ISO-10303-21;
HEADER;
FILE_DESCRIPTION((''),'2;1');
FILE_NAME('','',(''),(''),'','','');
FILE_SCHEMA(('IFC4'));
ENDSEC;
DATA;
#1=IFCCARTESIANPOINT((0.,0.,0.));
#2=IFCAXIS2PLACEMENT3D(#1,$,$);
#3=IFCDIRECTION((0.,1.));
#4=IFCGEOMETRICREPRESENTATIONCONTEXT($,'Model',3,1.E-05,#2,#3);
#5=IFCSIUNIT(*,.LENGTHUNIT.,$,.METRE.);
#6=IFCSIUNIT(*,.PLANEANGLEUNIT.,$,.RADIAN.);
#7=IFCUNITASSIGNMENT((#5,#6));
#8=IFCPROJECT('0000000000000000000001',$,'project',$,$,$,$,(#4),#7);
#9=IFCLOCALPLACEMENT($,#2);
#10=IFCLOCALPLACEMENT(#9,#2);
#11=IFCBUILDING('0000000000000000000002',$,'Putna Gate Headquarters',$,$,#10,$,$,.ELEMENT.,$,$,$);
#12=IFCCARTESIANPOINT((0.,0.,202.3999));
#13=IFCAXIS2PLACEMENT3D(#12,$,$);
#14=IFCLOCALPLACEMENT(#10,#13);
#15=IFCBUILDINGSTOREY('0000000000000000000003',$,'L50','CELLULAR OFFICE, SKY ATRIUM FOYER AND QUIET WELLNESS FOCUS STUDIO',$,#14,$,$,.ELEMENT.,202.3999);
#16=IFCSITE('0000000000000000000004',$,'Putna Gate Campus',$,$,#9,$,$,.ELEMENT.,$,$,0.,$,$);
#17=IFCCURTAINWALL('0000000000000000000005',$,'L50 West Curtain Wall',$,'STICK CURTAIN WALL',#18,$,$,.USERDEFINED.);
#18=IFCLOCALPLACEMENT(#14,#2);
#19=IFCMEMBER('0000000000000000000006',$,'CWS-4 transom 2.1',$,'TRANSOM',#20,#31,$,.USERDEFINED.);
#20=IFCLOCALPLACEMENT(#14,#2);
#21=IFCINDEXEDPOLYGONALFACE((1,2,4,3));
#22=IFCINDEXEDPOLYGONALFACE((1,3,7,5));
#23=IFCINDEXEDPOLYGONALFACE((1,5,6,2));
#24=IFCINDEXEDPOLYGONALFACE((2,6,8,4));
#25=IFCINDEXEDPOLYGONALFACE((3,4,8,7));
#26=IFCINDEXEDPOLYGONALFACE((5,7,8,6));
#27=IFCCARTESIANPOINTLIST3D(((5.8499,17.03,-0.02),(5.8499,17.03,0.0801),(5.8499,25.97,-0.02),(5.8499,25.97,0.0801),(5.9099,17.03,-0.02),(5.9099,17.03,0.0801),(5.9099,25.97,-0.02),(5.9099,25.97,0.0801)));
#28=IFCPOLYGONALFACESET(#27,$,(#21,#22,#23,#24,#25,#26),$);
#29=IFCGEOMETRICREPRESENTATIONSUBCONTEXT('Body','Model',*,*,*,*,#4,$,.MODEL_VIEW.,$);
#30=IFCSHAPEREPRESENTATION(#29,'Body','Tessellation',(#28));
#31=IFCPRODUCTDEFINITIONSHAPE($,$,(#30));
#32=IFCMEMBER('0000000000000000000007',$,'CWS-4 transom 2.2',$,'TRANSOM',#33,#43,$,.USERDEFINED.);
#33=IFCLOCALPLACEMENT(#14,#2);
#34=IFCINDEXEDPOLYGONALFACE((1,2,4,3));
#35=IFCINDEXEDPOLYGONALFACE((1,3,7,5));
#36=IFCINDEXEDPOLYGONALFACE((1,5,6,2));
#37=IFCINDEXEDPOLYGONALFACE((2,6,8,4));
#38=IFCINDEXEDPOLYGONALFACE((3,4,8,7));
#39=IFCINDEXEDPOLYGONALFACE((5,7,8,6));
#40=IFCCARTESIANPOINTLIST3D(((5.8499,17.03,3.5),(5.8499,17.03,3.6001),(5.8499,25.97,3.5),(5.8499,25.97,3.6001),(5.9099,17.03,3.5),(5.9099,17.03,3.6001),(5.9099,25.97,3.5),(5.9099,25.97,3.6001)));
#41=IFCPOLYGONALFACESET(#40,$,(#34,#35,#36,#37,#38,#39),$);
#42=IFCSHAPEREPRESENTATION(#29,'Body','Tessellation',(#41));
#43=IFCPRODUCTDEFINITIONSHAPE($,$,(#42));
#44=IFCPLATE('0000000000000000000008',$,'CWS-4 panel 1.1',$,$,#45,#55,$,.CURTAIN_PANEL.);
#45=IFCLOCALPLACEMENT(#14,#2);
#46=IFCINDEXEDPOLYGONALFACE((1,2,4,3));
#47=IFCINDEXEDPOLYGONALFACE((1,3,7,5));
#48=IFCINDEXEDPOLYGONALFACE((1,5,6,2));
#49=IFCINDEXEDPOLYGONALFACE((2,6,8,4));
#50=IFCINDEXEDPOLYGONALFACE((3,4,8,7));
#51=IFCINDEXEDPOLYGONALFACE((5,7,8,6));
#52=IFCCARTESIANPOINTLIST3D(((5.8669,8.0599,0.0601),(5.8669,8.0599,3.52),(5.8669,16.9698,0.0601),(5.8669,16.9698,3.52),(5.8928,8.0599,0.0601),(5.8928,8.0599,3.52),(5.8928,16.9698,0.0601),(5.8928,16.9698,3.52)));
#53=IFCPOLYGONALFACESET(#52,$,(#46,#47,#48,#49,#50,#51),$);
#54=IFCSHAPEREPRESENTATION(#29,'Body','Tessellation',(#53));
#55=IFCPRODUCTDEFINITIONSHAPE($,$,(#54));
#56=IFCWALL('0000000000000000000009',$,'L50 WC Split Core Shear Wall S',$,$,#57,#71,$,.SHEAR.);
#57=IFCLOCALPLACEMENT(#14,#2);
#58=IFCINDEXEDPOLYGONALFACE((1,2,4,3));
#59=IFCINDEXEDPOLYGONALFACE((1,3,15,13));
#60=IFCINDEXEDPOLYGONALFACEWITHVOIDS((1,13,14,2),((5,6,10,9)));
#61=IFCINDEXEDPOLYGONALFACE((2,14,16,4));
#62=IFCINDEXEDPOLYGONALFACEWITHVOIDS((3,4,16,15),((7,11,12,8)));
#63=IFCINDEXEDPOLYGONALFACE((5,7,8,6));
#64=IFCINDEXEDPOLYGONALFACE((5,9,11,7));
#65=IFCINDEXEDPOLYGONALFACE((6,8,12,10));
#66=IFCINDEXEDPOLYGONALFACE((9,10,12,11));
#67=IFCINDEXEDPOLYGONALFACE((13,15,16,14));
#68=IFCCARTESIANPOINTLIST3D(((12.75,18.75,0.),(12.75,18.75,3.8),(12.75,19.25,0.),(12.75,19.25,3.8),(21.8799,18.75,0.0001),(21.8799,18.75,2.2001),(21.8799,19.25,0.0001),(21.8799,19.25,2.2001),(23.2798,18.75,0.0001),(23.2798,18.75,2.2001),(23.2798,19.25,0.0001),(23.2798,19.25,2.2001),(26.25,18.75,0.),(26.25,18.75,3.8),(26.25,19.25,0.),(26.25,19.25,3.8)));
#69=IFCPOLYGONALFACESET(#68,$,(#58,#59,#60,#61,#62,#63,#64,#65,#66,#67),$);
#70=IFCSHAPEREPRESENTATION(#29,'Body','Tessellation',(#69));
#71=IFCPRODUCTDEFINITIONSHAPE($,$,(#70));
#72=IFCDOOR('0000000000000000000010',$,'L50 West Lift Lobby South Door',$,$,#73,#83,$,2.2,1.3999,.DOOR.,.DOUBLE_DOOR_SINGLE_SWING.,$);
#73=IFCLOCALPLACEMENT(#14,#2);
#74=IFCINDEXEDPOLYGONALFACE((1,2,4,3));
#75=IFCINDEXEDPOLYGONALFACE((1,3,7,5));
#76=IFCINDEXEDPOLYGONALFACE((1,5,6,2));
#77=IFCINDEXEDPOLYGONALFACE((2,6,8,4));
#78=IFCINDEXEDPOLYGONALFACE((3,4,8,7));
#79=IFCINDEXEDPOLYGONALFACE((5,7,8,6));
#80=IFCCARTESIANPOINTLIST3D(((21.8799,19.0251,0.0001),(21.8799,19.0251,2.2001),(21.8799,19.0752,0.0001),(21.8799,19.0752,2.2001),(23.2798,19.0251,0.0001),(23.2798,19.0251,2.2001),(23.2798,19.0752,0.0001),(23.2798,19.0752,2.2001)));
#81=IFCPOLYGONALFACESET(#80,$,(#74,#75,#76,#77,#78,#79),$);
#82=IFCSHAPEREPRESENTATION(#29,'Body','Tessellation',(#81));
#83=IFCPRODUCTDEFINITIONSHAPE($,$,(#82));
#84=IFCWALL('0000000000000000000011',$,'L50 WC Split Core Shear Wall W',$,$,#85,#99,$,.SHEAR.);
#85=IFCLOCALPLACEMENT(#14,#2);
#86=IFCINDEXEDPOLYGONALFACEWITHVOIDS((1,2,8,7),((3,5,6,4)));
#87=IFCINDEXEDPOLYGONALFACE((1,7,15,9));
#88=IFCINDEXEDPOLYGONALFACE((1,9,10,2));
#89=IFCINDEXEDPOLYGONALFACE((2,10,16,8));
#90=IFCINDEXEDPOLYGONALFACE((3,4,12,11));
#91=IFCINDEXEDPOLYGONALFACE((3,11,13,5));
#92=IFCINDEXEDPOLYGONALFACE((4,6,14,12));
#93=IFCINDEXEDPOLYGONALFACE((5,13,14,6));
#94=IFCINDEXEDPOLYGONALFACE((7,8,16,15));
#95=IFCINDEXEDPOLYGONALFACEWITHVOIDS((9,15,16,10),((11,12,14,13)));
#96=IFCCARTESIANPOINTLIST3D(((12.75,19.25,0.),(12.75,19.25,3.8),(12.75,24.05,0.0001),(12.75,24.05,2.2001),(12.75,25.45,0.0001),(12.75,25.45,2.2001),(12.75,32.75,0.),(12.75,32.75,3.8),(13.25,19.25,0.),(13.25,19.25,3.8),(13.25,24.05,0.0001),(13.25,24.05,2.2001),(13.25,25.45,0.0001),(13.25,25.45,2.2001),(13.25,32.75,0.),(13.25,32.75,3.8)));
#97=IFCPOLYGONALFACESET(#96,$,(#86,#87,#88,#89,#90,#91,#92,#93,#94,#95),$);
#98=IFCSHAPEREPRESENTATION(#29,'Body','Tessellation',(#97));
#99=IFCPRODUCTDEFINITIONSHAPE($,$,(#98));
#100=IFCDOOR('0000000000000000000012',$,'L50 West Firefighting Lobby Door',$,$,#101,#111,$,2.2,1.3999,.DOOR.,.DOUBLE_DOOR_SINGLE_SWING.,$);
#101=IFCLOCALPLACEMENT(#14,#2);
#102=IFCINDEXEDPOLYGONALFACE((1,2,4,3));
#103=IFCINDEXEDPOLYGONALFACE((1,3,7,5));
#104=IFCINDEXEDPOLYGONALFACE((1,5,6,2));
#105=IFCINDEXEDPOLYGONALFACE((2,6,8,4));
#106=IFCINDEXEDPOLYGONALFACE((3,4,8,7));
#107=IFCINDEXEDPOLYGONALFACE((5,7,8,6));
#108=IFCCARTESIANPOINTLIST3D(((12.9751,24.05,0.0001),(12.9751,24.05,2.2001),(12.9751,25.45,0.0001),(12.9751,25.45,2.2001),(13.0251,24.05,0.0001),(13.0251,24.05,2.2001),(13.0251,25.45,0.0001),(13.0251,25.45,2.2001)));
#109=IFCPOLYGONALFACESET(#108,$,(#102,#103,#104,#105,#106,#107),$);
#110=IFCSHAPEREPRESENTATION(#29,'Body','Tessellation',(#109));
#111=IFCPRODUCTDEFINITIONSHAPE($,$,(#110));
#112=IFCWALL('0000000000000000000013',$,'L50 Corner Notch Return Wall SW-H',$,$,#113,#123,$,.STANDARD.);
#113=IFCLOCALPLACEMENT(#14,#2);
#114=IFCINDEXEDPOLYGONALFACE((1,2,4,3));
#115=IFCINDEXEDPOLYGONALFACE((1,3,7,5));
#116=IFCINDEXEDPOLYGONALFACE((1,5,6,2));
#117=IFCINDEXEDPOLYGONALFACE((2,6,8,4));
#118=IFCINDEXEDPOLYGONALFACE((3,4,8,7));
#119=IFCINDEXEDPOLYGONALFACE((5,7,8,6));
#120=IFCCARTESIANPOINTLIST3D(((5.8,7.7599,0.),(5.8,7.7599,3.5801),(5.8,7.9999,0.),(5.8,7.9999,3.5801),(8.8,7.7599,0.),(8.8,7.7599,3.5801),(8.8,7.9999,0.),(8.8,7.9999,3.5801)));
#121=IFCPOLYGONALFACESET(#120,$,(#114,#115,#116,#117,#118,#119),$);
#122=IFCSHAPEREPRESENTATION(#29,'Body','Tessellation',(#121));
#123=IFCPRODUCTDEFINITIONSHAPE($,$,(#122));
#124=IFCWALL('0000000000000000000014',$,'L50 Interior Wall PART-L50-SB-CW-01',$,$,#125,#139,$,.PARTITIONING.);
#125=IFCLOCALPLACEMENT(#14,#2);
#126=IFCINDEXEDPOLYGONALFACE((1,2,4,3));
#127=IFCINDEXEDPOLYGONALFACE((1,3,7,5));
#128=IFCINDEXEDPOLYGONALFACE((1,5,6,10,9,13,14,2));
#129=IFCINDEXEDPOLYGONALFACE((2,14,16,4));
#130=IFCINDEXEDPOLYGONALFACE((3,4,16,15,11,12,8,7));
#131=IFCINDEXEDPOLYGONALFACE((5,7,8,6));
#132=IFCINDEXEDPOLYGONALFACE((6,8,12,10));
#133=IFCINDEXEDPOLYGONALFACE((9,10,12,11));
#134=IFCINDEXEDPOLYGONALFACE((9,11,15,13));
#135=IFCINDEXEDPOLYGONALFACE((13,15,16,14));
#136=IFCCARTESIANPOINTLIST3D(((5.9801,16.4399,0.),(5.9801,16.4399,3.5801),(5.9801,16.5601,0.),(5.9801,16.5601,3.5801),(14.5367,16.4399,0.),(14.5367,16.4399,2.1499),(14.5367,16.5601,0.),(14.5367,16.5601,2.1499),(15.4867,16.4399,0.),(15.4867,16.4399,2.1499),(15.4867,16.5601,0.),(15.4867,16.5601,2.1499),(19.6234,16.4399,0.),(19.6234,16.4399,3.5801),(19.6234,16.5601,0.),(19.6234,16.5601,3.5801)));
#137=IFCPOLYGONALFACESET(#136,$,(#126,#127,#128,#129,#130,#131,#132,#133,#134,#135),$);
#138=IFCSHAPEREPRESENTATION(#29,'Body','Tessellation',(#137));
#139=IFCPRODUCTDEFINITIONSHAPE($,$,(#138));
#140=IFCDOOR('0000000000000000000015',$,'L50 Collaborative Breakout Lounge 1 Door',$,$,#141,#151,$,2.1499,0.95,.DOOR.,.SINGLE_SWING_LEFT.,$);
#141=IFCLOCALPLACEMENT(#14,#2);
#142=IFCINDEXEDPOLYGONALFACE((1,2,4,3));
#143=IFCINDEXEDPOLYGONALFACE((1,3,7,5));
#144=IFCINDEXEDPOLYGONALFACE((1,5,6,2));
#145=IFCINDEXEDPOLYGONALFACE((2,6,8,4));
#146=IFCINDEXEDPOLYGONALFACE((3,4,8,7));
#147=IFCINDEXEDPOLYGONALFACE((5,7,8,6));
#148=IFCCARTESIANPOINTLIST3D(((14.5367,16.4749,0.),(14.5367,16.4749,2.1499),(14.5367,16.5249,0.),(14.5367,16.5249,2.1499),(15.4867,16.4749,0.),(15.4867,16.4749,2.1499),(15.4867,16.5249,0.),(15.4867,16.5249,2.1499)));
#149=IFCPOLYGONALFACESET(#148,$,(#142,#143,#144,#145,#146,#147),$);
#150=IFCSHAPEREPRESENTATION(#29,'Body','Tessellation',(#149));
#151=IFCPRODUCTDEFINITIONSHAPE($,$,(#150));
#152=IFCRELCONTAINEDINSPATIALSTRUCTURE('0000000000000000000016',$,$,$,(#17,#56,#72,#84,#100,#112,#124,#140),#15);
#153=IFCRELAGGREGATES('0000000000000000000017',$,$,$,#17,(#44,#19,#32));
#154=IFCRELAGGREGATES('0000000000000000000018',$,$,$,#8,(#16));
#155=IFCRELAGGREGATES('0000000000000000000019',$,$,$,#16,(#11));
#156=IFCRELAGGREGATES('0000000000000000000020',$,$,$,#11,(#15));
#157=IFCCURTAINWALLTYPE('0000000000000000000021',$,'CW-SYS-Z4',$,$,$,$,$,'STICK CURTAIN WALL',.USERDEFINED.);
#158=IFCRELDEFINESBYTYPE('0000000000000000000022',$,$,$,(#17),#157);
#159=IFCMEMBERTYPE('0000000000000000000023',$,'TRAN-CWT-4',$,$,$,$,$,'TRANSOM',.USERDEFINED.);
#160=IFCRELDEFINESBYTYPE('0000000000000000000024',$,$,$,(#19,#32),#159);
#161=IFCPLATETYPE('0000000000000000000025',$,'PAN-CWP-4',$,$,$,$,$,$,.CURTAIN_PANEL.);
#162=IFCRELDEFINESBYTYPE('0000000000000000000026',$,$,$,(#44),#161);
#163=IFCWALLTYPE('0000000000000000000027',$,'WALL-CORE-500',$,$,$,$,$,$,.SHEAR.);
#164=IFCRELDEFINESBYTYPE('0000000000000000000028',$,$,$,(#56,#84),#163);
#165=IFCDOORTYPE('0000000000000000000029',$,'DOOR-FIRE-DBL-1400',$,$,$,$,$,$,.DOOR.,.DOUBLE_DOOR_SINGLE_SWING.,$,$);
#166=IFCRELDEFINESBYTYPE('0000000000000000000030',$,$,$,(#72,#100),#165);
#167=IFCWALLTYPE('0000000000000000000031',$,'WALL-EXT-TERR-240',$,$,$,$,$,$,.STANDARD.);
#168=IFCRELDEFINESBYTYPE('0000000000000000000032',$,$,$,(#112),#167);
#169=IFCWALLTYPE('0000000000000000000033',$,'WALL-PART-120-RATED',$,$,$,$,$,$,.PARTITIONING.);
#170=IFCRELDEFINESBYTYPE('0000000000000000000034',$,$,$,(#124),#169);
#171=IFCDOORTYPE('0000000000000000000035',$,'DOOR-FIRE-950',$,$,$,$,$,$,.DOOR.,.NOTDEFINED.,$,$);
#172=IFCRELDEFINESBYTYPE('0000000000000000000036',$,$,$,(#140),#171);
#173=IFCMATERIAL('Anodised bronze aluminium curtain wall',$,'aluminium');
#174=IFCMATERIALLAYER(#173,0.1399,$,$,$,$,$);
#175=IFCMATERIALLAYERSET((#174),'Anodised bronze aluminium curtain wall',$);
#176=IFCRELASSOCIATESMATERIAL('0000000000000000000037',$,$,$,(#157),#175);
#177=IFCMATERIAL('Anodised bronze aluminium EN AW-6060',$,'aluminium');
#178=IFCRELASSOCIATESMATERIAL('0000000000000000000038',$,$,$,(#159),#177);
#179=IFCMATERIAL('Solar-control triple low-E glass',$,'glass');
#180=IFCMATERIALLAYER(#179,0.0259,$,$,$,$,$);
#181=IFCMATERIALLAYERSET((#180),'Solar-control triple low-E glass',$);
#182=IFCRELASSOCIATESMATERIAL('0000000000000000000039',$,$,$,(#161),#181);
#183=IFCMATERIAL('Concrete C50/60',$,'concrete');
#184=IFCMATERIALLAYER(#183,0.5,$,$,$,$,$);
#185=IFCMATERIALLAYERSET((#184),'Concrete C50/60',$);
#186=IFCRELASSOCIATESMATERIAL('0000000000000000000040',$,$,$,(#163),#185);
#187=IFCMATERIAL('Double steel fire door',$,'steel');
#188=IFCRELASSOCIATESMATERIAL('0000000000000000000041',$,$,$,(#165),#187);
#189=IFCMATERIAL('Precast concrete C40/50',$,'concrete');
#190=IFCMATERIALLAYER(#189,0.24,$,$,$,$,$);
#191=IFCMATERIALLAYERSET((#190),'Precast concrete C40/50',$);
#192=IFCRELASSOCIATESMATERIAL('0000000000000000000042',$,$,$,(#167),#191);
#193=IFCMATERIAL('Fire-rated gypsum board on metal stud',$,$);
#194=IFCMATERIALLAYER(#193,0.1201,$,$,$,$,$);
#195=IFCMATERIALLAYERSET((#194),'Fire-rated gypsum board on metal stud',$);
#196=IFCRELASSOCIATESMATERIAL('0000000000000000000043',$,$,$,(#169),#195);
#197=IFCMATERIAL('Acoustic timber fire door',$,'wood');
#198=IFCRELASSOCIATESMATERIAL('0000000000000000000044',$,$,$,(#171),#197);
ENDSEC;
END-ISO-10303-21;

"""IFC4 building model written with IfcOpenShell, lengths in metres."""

from ifc_helpers import new_model, si_unit, direction, frame, frame_2d, origin, origin_2d, place, context, subcontext, project, spatial, rectangle, extrude, material, layer, layer_set, material_profile, profile_set, type_object, element, fill, aggregate, save


model = new_model("IFC4")

# Units and contexts
model_context = context("Model", 3, precision=1e-05, world=origin(), true_north=direction((0.0, 1.0)))
body_context = subcontext(model_context, "Body", "Model", "MODEL_VIEW")
ifc_project = project(units=[si_unit("LENGTHUNIT", "METRE"), si_unit("PLANEANGLEUNIT", "RADIAN")], contexts=[model_context])

# Site, building, storey
site_placement = place(None, origin())
site = spatial("IfcSite", under=ifc_project, at=site_placement, Name="Putna Gate Campus", CompositionType="ELEMENT", RefElevation=0.0)
building_placement = place(site_placement, origin())
building = spatial("IfcBuilding", under=site, at=building_placement, Name="Putna Gate Headquarters", CompositionType="ELEMENT")
storey_placement = place(building_placement, frame((0.0, 0.0, 202.3999)))
storey = spatial("IfcBuildingStorey", under=building, at=storey_placement, Name="L50", Description="CELLULAR OFFICE, SKY ATRIUM FOYER AND QUIET WELLNESS FOCUS STUDIO", CompositionType="ELEMENT", Elevation=202.3999)

# Curtain wall, members, plate
ifc_material_1 = material(Name="Anodised bronze aluminium curtain wall", Category="aluminium")
ifc_layer_1 = layer(ifc_material_1, 0.1399)
ifc_layer_set_1 = layer_set([ifc_layer_1], Name="Anodised bronze aluminium curtain wall")
curtain_wall_type = type_object("IfcCurtainWallType", Name="CW-SYS-Z4", ElementType="STICK CURTAIN WALL", PredefinedType="USERDEFINED", material=ifc_layer_set_1)
curtain_wall_placement = place(storey_placement, origin())
curtain_wall = element("IfcCurtainWall", 1, at=curtain_wall_placement, inside=storey, type_object=curtain_wall_type, Name="L50 West Curtain Wall", ObjectType="STICK CURTAIN WALL", PredefinedType="USERDEFINED")
ifc_material_2 = material(Name="Anodised bronze aluminium EN AW-6060", Category="aluminium")
ifc_material_profile_1 = material_profile(ifc_material_2, rectangle(XDim=0.0601, YDim=0.1001, at=origin_2d()), Name="Anodised bronze aluminium EN AW-6060")
ifc_profile_set_1 = profile_set([ifc_material_profile_1], Name="Anodised bronze aluminium EN AW-6060")
member_type_1 = type_object("IfcMemberType", Name="TRAN-CWT-4", ElementType="TRANSOM", PredefinedType="USERDEFINED", material=ifc_profile_set_1)
member_1_placement = place(storey_placement, frame((5.8799, 17.03, 0.03), z_axis=(0.0, 1.0, 0.0), x_axis=(-1.0, 0.0, 0.0)))
member_1 = element("IfcMember", 2, at=member_1_placement, type_object=member_type_1, Name="CWS-4 transom 2.1", ObjectType="TRANSOM", PredefinedType="USERDEFINED", context=body_context, shape_type="SweptSolid", body=[
    extrude(rectangle(XDim=0.0601, YDim=0.1001, at=origin_2d()), origin(), (0.0, 0.0, 1.0), 8.9399),
])
member_2_placement = place(storey_placement, frame((5.8799, 17.03, 3.55), z_axis=(0.0, 1.0, 0.0), x_axis=(-1.0, 0.0, 0.0)))
member_2 = element("IfcMember", 3, at=member_2_placement, type_object=member_type_1, Name="CWS-4 transom 2.2", ObjectType="TRANSOM", PredefinedType="USERDEFINED", context=body_context, shape_type="SweptSolid", body=[
    extrude(rectangle(XDim=0.0601, YDim=0.1001, at=origin_2d()), origin(), (0.0, 0.0, 1.0), 8.9399),
])
ifc_material_3 = material(Name="Solar-control triple low-E glass", Category="glass")
ifc_layer_2 = layer(ifc_material_3, 0.0259)
ifc_layer_set_2 = layer_set([ifc_layer_2], Name="Solar-control triple low-E glass")
plate_type = type_object("IfcPlateType", Name="PAN-CWP-4", PredefinedType="CURTAIN_PANEL", material=ifc_layer_set_2)
plate_placement = place(storey_placement, frame((5.8799, 12.5149, 0.0601), z_axis=(0.0, 0.0, 1.0), x_axis=(0.0, 1.0, 0.0)))
plate = element("IfcPlate", 4, at=plate_placement, type_object=plate_type, Name="CWS-4 panel 1.1", PredefinedType="CURTAIN_PANEL", context=body_context, shape_type="SweptSolid", body=[
    extrude(rectangle(XDim=8.9099, YDim=0.0259, at=origin_2d()), origin(), (0.0, 0.0, 1.0), 3.46),
])
aggregate(curtain_wall, [plate, member_1, member_2])

# Walls, openings, doors
ifc_material_4 = material(Name="Concrete C50/60", Category="concrete")
ifc_layer_3 = layer(ifc_material_4, 0.5)
ifc_layer_set_3 = layer_set([ifc_layer_3], Name="Concrete C50/60")
wall_type_1 = type_object("IfcWallType", Name="WALL-CORE-500", PredefinedType="SHEAR", material=ifc_layer_set_3)
wall_1_placement = place(storey_placement, frame((12.75, 19.0, 0.0), z_axis=(0.0, 0.0, 1.0), x_axis=(1.0, 0.0, 0.0)))
wall_1 = element("IfcWall", 5, at=wall_1_placement, inside=storey, type_object=wall_type_1, Name="L50 WC Split Core Shear Wall S", PredefinedType="SHEAR", context=body_context, shape_type="SweptSolid", body=[
    extrude(rectangle(XDim=13.5, YDim=0.5, at=frame_2d((6.75, 0.0))), origin(), (0.0, 0.0, 1.0), 3.8),
])
opening_1_placement = place(wall_1_placement, frame((9.1299, 0.0, 0.0)))
opening_1 = element("IfcOpeningElement", 6, at=opening_1_placement, cuts=wall_1, PredefinedType="OPENING", context=body_context, shape_type="SweptSolid", body=[
    extrude(rectangle(XDim=1.3999, YDim=2.2, at=frame_2d((0.7, 1.1001))), frame((0.0, 0.26, 0.0), z_axis=(0.0, -1.0, 0.0), x_axis=(1.0, 0.0, 0.0)), (0.0, 0.0, 1.0), 0.52),
])
ifc_material_5 = material(Name="Double steel fire door", Category="steel")
door_type_1 = type_object("IfcDoorType", Name="DOOR-FIRE-DBL-1400", OperationType="DOUBLE_DOOR_SINGLE_SWING", PredefinedType="DOOR", material=ifc_material_5)
door_1_placement = place(opening_1_placement, origin())
door_1 = element("IfcDoor", 7, at=door_1_placement, inside=storey, type_object=door_type_1, Name="L50 West Lift Lobby South Door", OperationType="DOUBLE_DOOR_SINGLE_SWING", OverallHeight=2.2, OverallWidth=1.3999, PredefinedType="DOOR", context=body_context, shape_type="SweptSolid", body=[
    extrude(rectangle(XDim=1.3999, YDim=2.2, at=frame_2d((0.7, 1.1001))), frame((0.0, 0.0752, 0.0), z_axis=(0.0, -1.0, 0.0), x_axis=(1.0, 0.0, 0.0)), (0.0, 0.0, 1.0), 0.05),
])
fill(opening_1, door_1)
wall_2_placement = place(storey_placement, frame((13.0, 19.25, 0.0), z_axis=(0.0, 0.0, 1.0), x_axis=(0.0, 1.0, 0.0)))
wall_2 = element("IfcWall", 8, at=wall_2_placement, inside=storey, type_object=wall_type_1, Name="L50 WC Split Core Shear Wall W", PredefinedType="SHEAR", context=body_context, shape_type="SweptSolid", body=[
    extrude(rectangle(XDim=13.5, YDim=0.5, at=frame_2d((6.75, 0.0))), origin(), (0.0, 0.0, 1.0), 3.8),
])
opening_2_placement = place(wall_2_placement, frame((4.8, 0.0, 0.0)))
opening_2 = element("IfcOpeningElement", 9, at=opening_2_placement, cuts=wall_2, PredefinedType="OPENING", context=body_context, shape_type="SweptSolid", body=[
    extrude(rectangle(XDim=1.3999, YDim=2.2, at=frame_2d((0.7, 1.1001))), frame((0.0, 0.26, 0.0), z_axis=(0.0, -1.0, 0.0), x_axis=(1.0, 0.0, 0.0)), (0.0, 0.0, 1.0), 0.52),
])
door_2_placement = place(opening_2_placement, origin())
door_2 = element("IfcDoor", 10, at=door_2_placement, inside=storey, type_object=door_type_1, Name="L50 West Firefighting Lobby Door", OperationType="DOUBLE_DOOR_SINGLE_SWING", OverallHeight=2.2, OverallWidth=1.3999, PredefinedType="DOOR", context=body_context, shape_type="SweptSolid", body=[
    extrude(rectangle(XDim=1.3999, YDim=2.2, at=frame_2d((0.7, 1.1001))), frame((0.0, 0.0249, 0.0), z_axis=(0.0, -1.0, 0.0), x_axis=(1.0, 0.0, 0.0)), (0.0, 0.0, 1.0), 0.05),
])
fill(opening_2, door_2)

# Wall
ifc_material_6 = material(Name="Precast concrete C40/50", Category="concrete")
ifc_layer_4 = layer(ifc_material_6, 0.24)
ifc_layer_set_4 = layer_set([ifc_layer_4], Name="Precast concrete C40/50")
wall_type_2 = type_object("IfcWallType", Name="WALL-EXT-TERR-240", PredefinedType="STANDARD", material=ifc_layer_set_4)
wall_3_placement = place(storey_placement, frame((8.8, 7.8799, 0.0), z_axis=(0.0, 0.0, 1.0), x_axis=(-1.0, 0.0, 0.0)))
element("IfcWall", 11, at=wall_3_placement, inside=storey, type_object=wall_type_2, Name="L50 Corner Notch Return Wall SW-H", PredefinedType="STANDARD", context=body_context, shape_type="SweptSolid", body=[
    extrude(rectangle(XDim=3.0, YDim=0.24, at=frame_2d((1.5, 0.0))), origin(), (0.0, 0.0, 1.0), 3.5801),
])

# Wall, opening, door
ifc_material_7 = material(Name="Fire-rated gypsum board on metal stud")
ifc_layer_5 = layer(ifc_material_7, 0.1201)
ifc_layer_set_5 = layer_set([ifc_layer_5], Name="Fire-rated gypsum board on metal stud")
wall_type_3 = type_object("IfcWallType", Name="WALL-PART-120-RATED", PredefinedType="PARTITIONING", material=ifc_layer_set_5)
wall_4_placement = place(storey_placement, frame((5.98, 16.5, 0.0), z_axis=(0.0, 0.0, 1.0), x_axis=(1.0, 0.0, 0.0)))
wall_4 = element("IfcWall", 12, at=wall_4_placement, inside=storey, type_object=wall_type_3, Name="L50 Interior Wall PART-L50-SB-CW-01", PredefinedType="PARTITIONING", context=body_context, shape_type="SweptSolid", body=[
    extrude(rectangle(XDim=13.6433, YDim=0.1201, at=frame_2d((6.8218, 0.0))), origin(), (0.0, 0.0, 1.0), 3.5801),
])
opening_3_placement = place(wall_4_placement, frame((8.5566, 0.0, 0.0)))
opening_3 = element("IfcOpeningElement", 13, at=opening_3_placement, cuts=wall_4, PredefinedType="OPENING", context=body_context, shape_type="SweptSolid", body=[
    extrude(rectangle(XDim=0.95, YDim=2.1499, at=frame_2d((0.4751, 1.075))), frame((0.0, 0.0701, 0.0), z_axis=(0.0, -1.0, 0.0), x_axis=(1.0, 0.0, 0.0)), (0.0, 0.0, 1.0), 0.1401),
])
ifc_material_8 = material(Name="Acoustic timber fire door", Category="wood")
door_type_2 = type_object("IfcDoorType", Name="DOOR-FIRE-950", OperationType="NOTDEFINED", PredefinedType="DOOR", material=ifc_material_8)
door_3_placement = place(opening_3_placement, origin())
door_3 = element("IfcDoor", 14, at=door_3_placement, inside=storey, type_object=door_type_2, Name="L50 Collaborative Breakout Lounge 1 Door", OperationType="SINGLE_SWING_LEFT", OverallHeight=2.1499, OverallWidth=0.95, PredefinedType="DOOR", context=body_context, shape_type="SweptSolid", body=[
    extrude(rectangle(XDim=0.95, YDim=2.1499, at=frame_2d((0.4751, 1.075))), frame((0.0, 0.0249, 0.0), z_axis=(0.0, -1.0, 0.0), x_axis=(1.0, 0.0, 0.0)), (0.0, 0.0, 1.0), 0.05),
])
fill(opening_3, door_3)

save(model, "model.ifc")
